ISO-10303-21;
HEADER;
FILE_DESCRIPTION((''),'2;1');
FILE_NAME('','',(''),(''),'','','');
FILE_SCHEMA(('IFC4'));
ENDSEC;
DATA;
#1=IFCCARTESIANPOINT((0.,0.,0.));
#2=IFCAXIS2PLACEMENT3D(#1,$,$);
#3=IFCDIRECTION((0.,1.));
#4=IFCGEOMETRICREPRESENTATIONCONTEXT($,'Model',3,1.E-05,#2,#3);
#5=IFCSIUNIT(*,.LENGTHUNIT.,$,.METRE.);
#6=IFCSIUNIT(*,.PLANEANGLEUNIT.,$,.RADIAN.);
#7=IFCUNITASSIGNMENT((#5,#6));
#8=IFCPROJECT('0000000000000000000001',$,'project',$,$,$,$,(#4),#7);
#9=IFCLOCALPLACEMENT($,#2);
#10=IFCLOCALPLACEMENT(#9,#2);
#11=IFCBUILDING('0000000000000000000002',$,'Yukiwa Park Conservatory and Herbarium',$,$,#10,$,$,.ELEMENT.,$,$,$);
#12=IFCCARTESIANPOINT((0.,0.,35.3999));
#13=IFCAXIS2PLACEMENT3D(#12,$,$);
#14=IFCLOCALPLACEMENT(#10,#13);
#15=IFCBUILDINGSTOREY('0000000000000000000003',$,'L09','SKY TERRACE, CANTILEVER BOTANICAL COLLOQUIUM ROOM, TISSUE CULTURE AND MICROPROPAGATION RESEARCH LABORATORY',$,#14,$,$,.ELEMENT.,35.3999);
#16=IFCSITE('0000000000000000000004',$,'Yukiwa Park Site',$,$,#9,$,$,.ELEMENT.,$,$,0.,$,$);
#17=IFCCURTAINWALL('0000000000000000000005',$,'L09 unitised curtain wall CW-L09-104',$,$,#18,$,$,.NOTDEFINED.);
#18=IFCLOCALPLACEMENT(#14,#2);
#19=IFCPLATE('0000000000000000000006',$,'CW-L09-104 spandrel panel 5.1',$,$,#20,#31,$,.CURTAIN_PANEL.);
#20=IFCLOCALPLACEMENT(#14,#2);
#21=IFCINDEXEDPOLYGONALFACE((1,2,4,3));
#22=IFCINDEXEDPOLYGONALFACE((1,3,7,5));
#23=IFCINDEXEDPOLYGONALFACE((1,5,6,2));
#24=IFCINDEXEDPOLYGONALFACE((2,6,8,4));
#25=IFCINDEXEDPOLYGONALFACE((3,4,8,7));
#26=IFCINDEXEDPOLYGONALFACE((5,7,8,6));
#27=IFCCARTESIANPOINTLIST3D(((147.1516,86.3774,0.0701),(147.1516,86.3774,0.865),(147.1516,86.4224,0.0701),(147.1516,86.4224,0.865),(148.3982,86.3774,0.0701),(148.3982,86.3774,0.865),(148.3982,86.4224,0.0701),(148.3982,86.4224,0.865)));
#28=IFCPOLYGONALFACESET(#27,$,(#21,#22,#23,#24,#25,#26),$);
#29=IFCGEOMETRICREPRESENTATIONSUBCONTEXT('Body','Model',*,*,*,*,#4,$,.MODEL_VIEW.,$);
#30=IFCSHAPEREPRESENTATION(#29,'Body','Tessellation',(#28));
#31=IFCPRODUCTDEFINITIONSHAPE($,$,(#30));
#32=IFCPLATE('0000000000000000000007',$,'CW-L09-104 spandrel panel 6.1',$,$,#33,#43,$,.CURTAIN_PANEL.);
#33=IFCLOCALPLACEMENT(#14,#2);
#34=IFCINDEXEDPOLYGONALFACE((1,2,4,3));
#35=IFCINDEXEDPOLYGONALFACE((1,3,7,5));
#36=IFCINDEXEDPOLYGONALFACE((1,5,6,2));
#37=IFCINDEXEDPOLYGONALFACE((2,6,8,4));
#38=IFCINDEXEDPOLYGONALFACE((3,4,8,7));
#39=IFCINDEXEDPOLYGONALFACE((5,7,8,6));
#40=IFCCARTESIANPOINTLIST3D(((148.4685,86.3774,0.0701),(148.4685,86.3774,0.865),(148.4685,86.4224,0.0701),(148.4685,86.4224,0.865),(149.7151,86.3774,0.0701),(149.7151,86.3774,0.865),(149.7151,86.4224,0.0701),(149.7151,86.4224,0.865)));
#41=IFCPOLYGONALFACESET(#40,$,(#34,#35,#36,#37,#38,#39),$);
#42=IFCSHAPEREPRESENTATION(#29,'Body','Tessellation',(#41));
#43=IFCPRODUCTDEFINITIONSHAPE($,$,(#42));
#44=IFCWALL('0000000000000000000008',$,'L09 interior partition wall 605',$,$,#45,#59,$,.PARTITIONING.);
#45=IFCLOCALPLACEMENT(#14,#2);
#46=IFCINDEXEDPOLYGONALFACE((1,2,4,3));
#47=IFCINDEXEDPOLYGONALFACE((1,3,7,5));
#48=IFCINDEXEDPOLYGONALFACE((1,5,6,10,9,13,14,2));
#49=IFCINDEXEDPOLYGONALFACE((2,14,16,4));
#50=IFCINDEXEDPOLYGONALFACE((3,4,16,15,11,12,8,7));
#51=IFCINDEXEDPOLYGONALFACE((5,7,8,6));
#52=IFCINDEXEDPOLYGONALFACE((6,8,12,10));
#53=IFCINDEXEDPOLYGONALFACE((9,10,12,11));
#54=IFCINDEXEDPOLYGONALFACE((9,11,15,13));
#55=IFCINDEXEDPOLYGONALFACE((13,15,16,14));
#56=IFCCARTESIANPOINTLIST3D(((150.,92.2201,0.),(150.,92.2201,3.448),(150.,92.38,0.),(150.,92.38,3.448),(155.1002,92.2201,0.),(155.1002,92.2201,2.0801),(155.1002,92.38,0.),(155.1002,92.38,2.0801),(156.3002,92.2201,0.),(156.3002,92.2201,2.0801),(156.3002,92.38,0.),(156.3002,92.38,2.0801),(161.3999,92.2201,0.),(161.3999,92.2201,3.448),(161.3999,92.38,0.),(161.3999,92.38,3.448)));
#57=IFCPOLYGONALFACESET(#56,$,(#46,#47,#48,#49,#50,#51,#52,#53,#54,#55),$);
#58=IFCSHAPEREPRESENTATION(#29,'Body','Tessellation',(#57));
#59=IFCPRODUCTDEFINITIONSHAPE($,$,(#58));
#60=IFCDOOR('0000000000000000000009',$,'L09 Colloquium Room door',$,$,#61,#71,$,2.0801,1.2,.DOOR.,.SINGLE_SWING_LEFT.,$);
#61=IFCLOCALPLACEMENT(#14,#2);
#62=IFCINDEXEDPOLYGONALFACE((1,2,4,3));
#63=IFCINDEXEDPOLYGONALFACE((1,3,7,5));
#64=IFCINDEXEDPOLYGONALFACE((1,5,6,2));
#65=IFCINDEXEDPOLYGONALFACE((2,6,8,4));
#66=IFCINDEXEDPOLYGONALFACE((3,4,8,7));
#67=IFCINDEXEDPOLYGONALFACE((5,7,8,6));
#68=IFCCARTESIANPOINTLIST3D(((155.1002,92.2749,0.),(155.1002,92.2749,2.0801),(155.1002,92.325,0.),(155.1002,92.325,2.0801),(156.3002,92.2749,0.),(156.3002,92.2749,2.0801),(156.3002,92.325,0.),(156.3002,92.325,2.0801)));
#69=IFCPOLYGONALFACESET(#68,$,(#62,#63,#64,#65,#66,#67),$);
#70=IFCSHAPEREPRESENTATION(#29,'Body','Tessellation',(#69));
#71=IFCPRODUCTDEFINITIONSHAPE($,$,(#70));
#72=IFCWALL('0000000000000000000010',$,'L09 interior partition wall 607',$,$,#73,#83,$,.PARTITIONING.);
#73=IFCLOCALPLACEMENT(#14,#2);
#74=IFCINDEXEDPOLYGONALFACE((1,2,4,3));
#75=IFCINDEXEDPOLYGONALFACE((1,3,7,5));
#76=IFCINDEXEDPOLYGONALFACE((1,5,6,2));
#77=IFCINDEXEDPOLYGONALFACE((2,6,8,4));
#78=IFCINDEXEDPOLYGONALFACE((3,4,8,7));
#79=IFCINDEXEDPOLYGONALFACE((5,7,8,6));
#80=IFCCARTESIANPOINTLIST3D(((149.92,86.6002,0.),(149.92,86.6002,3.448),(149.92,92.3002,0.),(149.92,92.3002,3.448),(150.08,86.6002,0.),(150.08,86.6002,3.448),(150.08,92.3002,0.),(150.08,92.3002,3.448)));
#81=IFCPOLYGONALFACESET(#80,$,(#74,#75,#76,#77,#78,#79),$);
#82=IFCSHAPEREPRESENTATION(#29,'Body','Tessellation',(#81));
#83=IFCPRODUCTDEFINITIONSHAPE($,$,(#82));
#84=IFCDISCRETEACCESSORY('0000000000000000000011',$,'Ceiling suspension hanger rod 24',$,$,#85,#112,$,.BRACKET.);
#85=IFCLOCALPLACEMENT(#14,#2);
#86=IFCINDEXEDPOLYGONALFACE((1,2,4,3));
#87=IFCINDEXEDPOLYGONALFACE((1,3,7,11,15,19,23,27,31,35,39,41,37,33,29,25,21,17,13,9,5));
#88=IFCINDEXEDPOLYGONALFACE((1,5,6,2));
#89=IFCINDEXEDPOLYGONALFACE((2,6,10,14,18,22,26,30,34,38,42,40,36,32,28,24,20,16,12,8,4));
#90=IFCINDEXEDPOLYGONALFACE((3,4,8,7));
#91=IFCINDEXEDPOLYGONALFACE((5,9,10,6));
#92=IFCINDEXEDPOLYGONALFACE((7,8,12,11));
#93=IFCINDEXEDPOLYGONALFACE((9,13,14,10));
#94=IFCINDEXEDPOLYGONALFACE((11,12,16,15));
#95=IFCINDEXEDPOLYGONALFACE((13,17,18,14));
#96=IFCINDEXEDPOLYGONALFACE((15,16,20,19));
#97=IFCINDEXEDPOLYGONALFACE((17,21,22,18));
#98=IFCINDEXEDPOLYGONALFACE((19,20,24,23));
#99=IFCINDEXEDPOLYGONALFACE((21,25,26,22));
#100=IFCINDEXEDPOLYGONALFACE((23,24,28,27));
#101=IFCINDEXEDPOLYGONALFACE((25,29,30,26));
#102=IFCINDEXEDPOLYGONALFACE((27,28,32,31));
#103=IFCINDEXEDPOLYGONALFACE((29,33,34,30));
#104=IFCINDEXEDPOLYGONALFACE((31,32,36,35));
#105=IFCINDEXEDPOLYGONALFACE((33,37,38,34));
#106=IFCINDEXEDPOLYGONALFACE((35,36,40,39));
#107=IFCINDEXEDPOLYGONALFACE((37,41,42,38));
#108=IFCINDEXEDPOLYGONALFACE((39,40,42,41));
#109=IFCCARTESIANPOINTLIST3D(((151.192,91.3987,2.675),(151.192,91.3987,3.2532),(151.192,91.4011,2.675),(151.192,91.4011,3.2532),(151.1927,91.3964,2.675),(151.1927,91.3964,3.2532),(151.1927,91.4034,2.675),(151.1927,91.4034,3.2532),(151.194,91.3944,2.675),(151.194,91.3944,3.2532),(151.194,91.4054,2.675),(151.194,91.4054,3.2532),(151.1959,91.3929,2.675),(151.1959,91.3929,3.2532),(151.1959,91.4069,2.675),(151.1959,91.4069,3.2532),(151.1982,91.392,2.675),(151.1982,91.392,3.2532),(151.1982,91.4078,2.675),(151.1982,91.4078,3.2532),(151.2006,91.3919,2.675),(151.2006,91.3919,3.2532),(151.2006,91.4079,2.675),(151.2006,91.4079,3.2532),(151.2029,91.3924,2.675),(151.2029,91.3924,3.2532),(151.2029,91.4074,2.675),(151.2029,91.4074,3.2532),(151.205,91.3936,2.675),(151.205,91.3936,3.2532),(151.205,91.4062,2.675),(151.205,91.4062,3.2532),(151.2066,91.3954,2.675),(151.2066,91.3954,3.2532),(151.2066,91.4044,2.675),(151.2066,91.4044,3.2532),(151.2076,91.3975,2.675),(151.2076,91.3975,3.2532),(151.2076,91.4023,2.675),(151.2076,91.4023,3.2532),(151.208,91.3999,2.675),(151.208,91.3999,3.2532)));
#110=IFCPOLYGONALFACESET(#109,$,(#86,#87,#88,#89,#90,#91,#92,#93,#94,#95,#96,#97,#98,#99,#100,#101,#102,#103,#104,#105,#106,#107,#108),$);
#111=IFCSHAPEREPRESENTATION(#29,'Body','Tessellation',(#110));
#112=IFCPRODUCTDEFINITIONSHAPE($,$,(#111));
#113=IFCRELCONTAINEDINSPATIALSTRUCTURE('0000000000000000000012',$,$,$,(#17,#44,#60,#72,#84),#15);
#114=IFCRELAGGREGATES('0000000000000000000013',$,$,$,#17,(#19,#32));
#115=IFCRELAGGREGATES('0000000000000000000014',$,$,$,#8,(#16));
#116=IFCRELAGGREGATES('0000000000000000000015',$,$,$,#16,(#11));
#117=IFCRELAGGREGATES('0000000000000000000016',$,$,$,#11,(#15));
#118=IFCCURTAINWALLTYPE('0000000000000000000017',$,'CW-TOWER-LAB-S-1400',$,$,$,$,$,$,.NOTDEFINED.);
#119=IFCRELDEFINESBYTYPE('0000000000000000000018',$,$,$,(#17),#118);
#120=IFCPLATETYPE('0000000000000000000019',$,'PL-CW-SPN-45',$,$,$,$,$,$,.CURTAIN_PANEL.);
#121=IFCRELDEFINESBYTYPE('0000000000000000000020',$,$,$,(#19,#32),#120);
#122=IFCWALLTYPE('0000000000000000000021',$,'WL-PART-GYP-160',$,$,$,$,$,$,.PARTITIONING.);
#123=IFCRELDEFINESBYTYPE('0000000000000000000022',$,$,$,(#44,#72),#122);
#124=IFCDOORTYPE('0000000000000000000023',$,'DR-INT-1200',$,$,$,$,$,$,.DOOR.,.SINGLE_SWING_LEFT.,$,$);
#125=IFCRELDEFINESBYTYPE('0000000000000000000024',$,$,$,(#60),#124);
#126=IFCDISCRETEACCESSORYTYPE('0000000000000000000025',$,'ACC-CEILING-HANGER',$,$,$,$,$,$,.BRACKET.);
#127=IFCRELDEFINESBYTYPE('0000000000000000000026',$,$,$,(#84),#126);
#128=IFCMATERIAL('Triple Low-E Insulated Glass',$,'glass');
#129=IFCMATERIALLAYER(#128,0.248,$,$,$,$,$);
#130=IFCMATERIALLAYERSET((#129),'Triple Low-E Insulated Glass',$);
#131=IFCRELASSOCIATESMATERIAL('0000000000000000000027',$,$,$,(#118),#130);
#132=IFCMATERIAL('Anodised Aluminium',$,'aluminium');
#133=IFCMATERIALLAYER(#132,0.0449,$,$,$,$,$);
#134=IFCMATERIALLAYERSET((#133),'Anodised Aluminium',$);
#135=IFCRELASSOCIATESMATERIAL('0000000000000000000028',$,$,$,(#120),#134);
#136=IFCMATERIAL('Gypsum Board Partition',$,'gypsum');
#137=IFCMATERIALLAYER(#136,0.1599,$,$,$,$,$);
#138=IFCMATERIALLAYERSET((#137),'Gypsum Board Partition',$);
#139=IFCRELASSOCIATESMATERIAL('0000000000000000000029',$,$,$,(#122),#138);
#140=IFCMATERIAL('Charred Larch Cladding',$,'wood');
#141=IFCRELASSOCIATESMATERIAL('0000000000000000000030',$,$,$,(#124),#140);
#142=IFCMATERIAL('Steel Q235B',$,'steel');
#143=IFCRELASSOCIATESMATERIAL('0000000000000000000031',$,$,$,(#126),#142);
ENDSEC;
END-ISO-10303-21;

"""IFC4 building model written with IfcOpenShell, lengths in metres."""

from ifc_helpers import new_model, si_unit, direction, frame, frame_2d, origin, origin_2d, place, context, subcontext, project, spatial, rectangle, circle, extrude, material, layer, layer_set, type_object, element, fill, aggregate, save


model = new_model("IFC4")

# Units and contexts
model_context = context("Model", 3, precision=1e-05, world=origin(), true_north=direction((0.0, 1.0)))
body_context = subcontext(model_context, "Body", "Model", "MODEL_VIEW")
ifc_project = project(units=[si_unit("LENGTHUNIT", "METRE"), si_unit("PLANEANGLEUNIT", "RADIAN")], contexts=[model_context])

# Site, building, storey
site_placement = place(None, origin())
site = spatial("IfcSite", under=ifc_project, at=site_placement, Name="Yukiwa Park Site", CompositionType="ELEMENT", RefElevation=0.0)
building_placement = place(site_placement, origin())
building = spatial("IfcBuilding", under=site, at=building_placement, Name="Yukiwa Park Conservatory and Herbarium", CompositionType="ELEMENT")
storey_placement = place(building_placement, frame((0.0, 0.0, 35.3999)))
storey = spatial("IfcBuildingStorey", under=building, at=storey_placement, Name="L09", Description="SKY TERRACE, CANTILEVER BOTANICAL COLLOQUIUM ROOM, TISSUE CULTURE AND MICROPROPAGATION RESEARCH LABORATORY", CompositionType="ELEMENT", Elevation=35.3999)

# Curtain wall, plates
ifc_material_1 = material(Name="Triple Low-E Insulated Glass", Category="glass")
ifc_layer_1 = layer(ifc_material_1, 0.248)
ifc_layer_set_1 = layer_set([ifc_layer_1], Name="Triple Low-E Insulated Glass")
curtain_wall_type = type_object("IfcCurtainWallType", Name="CW-TOWER-LAB-S-1400", PredefinedType="NOTDEFINED", material=ifc_layer_set_1)
curtain_wall_placement = place(storey_placement, origin())
curtain_wall = element("IfcCurtainWall", 1, at=curtain_wall_placement, inside=storey, type_object=curtain_wall_type, Name="L09 unitised curtain wall CW-L09-104", PredefinedType="NOTDEFINED")
ifc_material_2 = material(Name="Anodised Aluminium", Category="aluminium")
ifc_layer_2 = layer(ifc_material_2, 0.0449)
ifc_layer_set_2 = layer_set([ifc_layer_2], Name="Anodised Aluminium")
plate_type_1 = type_object("IfcPlateType", Name="PL-CW-SPN-45", PredefinedType="CURTAIN_PANEL", material=ifc_layer_set_2)
plate_1_placement = place(storey_placement, frame((147.7749, 86.3999, 0.0701), z_axis=(0.0, 0.0, 1.0), x_axis=(1.0, 0.0, 0.0)))
plate_1 = element("IfcPlate", 2, at=plate_1_placement, type_object=plate_type_1, Name="CW-L09-104 spandrel panel 5.1", PredefinedType="CURTAIN_PANEL", context=body_context, shape_type="SweptSolid", body=[
    extrude(rectangle(XDim=1.2466, YDim=0.0449, at=origin_2d()), origin(), (0.0, 0.0, 1.0), 0.7949),
])
plate_2_placement = place(storey_placement, frame((149.0918, 86.3999, 0.0701), z_axis=(0.0, 0.0, 1.0), x_axis=(1.0, 0.0, 0.0)))
plate_2 = element("IfcPlate", 3, at=plate_2_placement, type_object=plate_type_1, Name="CW-L09-104 spandrel panel 6.1", PredefinedType="CURTAIN_PANEL", context=body_context, shape_type="SweptSolid", body=[
    extrude(rectangle(XDim=1.2466, YDim=0.0449, at=origin_2d()), origin(), (0.0, 0.0, 1.0), 0.7949),
])
aggregate(curtain_wall, [plate_1, plate_2])

# Wall, opening, door
ifc_material_3 = material(Name="Gypsum Board Partition", Category="gypsum")
ifc_layer_3 = layer(ifc_material_3, 0.1599)
ifc_layer_set_3 = layer_set([ifc_layer_3], Name="Gypsum Board Partition")
wall_type = type_object("IfcWallType", Name="WL-PART-GYP-160", PredefinedType="PARTITIONING", material=ifc_layer_set_3)
wall_1_placement = place(storey_placement, frame((150.0, 92.3, 0.0), z_axis=(0.0, 0.0, 1.0), x_axis=(1.0, 0.0, 0.0)))
wall_1 = element("IfcWall", 4, at=wall_1_placement, inside=storey, type_object=wall_type, Name="L09 interior partition wall 605", PredefinedType="PARTITIONING", context=body_context, shape_type="SweptSolid", body=[
    extrude(rectangle(XDim=11.3999, YDim=0.1599, at=frame_2d((5.7, 0.0))), origin(), (0.0, 0.0, 1.0), 3.448),
])
opening_placement = place(wall_1_placement, frame((5.1001, 0.0, 0.0)))
opening = element("IfcOpeningElement", 5, at=opening_placement, cuts=wall_1, PredefinedType="OPENING", context=body_context, shape_type="SweptSolid", body=[
    extrude(rectangle(XDim=1.2, YDim=2.0801, at=frame_2d((0.6001, 1.04))), frame((0.0, 0.0898, 0.0), z_axis=(0.0, -1.0, 0.0), x_axis=(1.0, 0.0, 0.0)), (0.0, 0.0, 1.0), 0.1799),
])
ifc_material_4 = material(Name="Charred Larch Cladding", Category="wood")
door_type = type_object("IfcDoorType", Name="DR-INT-1200", OperationType="SINGLE_SWING_LEFT", PredefinedType="DOOR", material=ifc_material_4)
door_placement = place(opening_placement, origin())
door = element("IfcDoor", 6, at=door_placement, inside=storey, type_object=door_type, Name="L09 Colloquium Room door", OperationType="SINGLE_SWING_LEFT", OverallHeight=2.0801, OverallWidth=1.2, PredefinedType="DOOR", context=body_context, shape_type="SweptSolid", body=[
    extrude(rectangle(XDim=1.2, YDim=2.0801, at=frame_2d((0.6001, 1.04))), frame((0.0, 0.0249, 0.0), z_axis=(0.0, -1.0, 0.0), x_axis=(1.0, 0.0, 0.0)), (0.0, 0.0, 1.0), 0.05),
])
fill(opening, door)

# Wall
wall_2_placement = place(storey_placement, frame((150.0, 86.6001, 0.0), z_axis=(0.0, 0.0, 1.0), x_axis=(0.0, 1.0, 0.0)))
element("IfcWall", 7, at=wall_2_placement, inside=storey, type_object=wall_type, Name="L09 interior partition wall 607", PredefinedType="PARTITIONING", context=body_context, shape_type="SweptSolid", body=[
    extrude(rectangle(XDim=5.7, YDim=0.1599, at=frame_2d((2.8501, 0.0))), origin(), (0.0, 0.0, 1.0), 3.448),
])

# Discrete accessory
ifc_material_5 = material(Name="Steel Q235B", Category="steel")
discrete_accessory_type = type_object("IfcDiscreteAccessoryType", Name="ACC-CEILING-HANGER", PredefinedType="BRACKET", material=ifc_material_5)
discrete_accessory_placement = place(storey_placement, frame((151.2, 91.3999, 2.675), z_axis=(0.0, 0.0, 1.0), x_axis=(1.0, 0.0, 0.0)))
element("IfcDiscreteAccessory", 8, at=discrete_accessory_placement, inside=storey, type_object=discrete_accessory_type, Name="Ceiling suspension hanger rod 24", PredefinedType="BRACKET", context=body_context, shape_type="SweptSolid", body=[
    extrude(circle(Radius=0.0081, at=origin_2d()), origin(), (0.0, 0.0, 1.0), 0.5781),
])

save(model, "model.ifc")
